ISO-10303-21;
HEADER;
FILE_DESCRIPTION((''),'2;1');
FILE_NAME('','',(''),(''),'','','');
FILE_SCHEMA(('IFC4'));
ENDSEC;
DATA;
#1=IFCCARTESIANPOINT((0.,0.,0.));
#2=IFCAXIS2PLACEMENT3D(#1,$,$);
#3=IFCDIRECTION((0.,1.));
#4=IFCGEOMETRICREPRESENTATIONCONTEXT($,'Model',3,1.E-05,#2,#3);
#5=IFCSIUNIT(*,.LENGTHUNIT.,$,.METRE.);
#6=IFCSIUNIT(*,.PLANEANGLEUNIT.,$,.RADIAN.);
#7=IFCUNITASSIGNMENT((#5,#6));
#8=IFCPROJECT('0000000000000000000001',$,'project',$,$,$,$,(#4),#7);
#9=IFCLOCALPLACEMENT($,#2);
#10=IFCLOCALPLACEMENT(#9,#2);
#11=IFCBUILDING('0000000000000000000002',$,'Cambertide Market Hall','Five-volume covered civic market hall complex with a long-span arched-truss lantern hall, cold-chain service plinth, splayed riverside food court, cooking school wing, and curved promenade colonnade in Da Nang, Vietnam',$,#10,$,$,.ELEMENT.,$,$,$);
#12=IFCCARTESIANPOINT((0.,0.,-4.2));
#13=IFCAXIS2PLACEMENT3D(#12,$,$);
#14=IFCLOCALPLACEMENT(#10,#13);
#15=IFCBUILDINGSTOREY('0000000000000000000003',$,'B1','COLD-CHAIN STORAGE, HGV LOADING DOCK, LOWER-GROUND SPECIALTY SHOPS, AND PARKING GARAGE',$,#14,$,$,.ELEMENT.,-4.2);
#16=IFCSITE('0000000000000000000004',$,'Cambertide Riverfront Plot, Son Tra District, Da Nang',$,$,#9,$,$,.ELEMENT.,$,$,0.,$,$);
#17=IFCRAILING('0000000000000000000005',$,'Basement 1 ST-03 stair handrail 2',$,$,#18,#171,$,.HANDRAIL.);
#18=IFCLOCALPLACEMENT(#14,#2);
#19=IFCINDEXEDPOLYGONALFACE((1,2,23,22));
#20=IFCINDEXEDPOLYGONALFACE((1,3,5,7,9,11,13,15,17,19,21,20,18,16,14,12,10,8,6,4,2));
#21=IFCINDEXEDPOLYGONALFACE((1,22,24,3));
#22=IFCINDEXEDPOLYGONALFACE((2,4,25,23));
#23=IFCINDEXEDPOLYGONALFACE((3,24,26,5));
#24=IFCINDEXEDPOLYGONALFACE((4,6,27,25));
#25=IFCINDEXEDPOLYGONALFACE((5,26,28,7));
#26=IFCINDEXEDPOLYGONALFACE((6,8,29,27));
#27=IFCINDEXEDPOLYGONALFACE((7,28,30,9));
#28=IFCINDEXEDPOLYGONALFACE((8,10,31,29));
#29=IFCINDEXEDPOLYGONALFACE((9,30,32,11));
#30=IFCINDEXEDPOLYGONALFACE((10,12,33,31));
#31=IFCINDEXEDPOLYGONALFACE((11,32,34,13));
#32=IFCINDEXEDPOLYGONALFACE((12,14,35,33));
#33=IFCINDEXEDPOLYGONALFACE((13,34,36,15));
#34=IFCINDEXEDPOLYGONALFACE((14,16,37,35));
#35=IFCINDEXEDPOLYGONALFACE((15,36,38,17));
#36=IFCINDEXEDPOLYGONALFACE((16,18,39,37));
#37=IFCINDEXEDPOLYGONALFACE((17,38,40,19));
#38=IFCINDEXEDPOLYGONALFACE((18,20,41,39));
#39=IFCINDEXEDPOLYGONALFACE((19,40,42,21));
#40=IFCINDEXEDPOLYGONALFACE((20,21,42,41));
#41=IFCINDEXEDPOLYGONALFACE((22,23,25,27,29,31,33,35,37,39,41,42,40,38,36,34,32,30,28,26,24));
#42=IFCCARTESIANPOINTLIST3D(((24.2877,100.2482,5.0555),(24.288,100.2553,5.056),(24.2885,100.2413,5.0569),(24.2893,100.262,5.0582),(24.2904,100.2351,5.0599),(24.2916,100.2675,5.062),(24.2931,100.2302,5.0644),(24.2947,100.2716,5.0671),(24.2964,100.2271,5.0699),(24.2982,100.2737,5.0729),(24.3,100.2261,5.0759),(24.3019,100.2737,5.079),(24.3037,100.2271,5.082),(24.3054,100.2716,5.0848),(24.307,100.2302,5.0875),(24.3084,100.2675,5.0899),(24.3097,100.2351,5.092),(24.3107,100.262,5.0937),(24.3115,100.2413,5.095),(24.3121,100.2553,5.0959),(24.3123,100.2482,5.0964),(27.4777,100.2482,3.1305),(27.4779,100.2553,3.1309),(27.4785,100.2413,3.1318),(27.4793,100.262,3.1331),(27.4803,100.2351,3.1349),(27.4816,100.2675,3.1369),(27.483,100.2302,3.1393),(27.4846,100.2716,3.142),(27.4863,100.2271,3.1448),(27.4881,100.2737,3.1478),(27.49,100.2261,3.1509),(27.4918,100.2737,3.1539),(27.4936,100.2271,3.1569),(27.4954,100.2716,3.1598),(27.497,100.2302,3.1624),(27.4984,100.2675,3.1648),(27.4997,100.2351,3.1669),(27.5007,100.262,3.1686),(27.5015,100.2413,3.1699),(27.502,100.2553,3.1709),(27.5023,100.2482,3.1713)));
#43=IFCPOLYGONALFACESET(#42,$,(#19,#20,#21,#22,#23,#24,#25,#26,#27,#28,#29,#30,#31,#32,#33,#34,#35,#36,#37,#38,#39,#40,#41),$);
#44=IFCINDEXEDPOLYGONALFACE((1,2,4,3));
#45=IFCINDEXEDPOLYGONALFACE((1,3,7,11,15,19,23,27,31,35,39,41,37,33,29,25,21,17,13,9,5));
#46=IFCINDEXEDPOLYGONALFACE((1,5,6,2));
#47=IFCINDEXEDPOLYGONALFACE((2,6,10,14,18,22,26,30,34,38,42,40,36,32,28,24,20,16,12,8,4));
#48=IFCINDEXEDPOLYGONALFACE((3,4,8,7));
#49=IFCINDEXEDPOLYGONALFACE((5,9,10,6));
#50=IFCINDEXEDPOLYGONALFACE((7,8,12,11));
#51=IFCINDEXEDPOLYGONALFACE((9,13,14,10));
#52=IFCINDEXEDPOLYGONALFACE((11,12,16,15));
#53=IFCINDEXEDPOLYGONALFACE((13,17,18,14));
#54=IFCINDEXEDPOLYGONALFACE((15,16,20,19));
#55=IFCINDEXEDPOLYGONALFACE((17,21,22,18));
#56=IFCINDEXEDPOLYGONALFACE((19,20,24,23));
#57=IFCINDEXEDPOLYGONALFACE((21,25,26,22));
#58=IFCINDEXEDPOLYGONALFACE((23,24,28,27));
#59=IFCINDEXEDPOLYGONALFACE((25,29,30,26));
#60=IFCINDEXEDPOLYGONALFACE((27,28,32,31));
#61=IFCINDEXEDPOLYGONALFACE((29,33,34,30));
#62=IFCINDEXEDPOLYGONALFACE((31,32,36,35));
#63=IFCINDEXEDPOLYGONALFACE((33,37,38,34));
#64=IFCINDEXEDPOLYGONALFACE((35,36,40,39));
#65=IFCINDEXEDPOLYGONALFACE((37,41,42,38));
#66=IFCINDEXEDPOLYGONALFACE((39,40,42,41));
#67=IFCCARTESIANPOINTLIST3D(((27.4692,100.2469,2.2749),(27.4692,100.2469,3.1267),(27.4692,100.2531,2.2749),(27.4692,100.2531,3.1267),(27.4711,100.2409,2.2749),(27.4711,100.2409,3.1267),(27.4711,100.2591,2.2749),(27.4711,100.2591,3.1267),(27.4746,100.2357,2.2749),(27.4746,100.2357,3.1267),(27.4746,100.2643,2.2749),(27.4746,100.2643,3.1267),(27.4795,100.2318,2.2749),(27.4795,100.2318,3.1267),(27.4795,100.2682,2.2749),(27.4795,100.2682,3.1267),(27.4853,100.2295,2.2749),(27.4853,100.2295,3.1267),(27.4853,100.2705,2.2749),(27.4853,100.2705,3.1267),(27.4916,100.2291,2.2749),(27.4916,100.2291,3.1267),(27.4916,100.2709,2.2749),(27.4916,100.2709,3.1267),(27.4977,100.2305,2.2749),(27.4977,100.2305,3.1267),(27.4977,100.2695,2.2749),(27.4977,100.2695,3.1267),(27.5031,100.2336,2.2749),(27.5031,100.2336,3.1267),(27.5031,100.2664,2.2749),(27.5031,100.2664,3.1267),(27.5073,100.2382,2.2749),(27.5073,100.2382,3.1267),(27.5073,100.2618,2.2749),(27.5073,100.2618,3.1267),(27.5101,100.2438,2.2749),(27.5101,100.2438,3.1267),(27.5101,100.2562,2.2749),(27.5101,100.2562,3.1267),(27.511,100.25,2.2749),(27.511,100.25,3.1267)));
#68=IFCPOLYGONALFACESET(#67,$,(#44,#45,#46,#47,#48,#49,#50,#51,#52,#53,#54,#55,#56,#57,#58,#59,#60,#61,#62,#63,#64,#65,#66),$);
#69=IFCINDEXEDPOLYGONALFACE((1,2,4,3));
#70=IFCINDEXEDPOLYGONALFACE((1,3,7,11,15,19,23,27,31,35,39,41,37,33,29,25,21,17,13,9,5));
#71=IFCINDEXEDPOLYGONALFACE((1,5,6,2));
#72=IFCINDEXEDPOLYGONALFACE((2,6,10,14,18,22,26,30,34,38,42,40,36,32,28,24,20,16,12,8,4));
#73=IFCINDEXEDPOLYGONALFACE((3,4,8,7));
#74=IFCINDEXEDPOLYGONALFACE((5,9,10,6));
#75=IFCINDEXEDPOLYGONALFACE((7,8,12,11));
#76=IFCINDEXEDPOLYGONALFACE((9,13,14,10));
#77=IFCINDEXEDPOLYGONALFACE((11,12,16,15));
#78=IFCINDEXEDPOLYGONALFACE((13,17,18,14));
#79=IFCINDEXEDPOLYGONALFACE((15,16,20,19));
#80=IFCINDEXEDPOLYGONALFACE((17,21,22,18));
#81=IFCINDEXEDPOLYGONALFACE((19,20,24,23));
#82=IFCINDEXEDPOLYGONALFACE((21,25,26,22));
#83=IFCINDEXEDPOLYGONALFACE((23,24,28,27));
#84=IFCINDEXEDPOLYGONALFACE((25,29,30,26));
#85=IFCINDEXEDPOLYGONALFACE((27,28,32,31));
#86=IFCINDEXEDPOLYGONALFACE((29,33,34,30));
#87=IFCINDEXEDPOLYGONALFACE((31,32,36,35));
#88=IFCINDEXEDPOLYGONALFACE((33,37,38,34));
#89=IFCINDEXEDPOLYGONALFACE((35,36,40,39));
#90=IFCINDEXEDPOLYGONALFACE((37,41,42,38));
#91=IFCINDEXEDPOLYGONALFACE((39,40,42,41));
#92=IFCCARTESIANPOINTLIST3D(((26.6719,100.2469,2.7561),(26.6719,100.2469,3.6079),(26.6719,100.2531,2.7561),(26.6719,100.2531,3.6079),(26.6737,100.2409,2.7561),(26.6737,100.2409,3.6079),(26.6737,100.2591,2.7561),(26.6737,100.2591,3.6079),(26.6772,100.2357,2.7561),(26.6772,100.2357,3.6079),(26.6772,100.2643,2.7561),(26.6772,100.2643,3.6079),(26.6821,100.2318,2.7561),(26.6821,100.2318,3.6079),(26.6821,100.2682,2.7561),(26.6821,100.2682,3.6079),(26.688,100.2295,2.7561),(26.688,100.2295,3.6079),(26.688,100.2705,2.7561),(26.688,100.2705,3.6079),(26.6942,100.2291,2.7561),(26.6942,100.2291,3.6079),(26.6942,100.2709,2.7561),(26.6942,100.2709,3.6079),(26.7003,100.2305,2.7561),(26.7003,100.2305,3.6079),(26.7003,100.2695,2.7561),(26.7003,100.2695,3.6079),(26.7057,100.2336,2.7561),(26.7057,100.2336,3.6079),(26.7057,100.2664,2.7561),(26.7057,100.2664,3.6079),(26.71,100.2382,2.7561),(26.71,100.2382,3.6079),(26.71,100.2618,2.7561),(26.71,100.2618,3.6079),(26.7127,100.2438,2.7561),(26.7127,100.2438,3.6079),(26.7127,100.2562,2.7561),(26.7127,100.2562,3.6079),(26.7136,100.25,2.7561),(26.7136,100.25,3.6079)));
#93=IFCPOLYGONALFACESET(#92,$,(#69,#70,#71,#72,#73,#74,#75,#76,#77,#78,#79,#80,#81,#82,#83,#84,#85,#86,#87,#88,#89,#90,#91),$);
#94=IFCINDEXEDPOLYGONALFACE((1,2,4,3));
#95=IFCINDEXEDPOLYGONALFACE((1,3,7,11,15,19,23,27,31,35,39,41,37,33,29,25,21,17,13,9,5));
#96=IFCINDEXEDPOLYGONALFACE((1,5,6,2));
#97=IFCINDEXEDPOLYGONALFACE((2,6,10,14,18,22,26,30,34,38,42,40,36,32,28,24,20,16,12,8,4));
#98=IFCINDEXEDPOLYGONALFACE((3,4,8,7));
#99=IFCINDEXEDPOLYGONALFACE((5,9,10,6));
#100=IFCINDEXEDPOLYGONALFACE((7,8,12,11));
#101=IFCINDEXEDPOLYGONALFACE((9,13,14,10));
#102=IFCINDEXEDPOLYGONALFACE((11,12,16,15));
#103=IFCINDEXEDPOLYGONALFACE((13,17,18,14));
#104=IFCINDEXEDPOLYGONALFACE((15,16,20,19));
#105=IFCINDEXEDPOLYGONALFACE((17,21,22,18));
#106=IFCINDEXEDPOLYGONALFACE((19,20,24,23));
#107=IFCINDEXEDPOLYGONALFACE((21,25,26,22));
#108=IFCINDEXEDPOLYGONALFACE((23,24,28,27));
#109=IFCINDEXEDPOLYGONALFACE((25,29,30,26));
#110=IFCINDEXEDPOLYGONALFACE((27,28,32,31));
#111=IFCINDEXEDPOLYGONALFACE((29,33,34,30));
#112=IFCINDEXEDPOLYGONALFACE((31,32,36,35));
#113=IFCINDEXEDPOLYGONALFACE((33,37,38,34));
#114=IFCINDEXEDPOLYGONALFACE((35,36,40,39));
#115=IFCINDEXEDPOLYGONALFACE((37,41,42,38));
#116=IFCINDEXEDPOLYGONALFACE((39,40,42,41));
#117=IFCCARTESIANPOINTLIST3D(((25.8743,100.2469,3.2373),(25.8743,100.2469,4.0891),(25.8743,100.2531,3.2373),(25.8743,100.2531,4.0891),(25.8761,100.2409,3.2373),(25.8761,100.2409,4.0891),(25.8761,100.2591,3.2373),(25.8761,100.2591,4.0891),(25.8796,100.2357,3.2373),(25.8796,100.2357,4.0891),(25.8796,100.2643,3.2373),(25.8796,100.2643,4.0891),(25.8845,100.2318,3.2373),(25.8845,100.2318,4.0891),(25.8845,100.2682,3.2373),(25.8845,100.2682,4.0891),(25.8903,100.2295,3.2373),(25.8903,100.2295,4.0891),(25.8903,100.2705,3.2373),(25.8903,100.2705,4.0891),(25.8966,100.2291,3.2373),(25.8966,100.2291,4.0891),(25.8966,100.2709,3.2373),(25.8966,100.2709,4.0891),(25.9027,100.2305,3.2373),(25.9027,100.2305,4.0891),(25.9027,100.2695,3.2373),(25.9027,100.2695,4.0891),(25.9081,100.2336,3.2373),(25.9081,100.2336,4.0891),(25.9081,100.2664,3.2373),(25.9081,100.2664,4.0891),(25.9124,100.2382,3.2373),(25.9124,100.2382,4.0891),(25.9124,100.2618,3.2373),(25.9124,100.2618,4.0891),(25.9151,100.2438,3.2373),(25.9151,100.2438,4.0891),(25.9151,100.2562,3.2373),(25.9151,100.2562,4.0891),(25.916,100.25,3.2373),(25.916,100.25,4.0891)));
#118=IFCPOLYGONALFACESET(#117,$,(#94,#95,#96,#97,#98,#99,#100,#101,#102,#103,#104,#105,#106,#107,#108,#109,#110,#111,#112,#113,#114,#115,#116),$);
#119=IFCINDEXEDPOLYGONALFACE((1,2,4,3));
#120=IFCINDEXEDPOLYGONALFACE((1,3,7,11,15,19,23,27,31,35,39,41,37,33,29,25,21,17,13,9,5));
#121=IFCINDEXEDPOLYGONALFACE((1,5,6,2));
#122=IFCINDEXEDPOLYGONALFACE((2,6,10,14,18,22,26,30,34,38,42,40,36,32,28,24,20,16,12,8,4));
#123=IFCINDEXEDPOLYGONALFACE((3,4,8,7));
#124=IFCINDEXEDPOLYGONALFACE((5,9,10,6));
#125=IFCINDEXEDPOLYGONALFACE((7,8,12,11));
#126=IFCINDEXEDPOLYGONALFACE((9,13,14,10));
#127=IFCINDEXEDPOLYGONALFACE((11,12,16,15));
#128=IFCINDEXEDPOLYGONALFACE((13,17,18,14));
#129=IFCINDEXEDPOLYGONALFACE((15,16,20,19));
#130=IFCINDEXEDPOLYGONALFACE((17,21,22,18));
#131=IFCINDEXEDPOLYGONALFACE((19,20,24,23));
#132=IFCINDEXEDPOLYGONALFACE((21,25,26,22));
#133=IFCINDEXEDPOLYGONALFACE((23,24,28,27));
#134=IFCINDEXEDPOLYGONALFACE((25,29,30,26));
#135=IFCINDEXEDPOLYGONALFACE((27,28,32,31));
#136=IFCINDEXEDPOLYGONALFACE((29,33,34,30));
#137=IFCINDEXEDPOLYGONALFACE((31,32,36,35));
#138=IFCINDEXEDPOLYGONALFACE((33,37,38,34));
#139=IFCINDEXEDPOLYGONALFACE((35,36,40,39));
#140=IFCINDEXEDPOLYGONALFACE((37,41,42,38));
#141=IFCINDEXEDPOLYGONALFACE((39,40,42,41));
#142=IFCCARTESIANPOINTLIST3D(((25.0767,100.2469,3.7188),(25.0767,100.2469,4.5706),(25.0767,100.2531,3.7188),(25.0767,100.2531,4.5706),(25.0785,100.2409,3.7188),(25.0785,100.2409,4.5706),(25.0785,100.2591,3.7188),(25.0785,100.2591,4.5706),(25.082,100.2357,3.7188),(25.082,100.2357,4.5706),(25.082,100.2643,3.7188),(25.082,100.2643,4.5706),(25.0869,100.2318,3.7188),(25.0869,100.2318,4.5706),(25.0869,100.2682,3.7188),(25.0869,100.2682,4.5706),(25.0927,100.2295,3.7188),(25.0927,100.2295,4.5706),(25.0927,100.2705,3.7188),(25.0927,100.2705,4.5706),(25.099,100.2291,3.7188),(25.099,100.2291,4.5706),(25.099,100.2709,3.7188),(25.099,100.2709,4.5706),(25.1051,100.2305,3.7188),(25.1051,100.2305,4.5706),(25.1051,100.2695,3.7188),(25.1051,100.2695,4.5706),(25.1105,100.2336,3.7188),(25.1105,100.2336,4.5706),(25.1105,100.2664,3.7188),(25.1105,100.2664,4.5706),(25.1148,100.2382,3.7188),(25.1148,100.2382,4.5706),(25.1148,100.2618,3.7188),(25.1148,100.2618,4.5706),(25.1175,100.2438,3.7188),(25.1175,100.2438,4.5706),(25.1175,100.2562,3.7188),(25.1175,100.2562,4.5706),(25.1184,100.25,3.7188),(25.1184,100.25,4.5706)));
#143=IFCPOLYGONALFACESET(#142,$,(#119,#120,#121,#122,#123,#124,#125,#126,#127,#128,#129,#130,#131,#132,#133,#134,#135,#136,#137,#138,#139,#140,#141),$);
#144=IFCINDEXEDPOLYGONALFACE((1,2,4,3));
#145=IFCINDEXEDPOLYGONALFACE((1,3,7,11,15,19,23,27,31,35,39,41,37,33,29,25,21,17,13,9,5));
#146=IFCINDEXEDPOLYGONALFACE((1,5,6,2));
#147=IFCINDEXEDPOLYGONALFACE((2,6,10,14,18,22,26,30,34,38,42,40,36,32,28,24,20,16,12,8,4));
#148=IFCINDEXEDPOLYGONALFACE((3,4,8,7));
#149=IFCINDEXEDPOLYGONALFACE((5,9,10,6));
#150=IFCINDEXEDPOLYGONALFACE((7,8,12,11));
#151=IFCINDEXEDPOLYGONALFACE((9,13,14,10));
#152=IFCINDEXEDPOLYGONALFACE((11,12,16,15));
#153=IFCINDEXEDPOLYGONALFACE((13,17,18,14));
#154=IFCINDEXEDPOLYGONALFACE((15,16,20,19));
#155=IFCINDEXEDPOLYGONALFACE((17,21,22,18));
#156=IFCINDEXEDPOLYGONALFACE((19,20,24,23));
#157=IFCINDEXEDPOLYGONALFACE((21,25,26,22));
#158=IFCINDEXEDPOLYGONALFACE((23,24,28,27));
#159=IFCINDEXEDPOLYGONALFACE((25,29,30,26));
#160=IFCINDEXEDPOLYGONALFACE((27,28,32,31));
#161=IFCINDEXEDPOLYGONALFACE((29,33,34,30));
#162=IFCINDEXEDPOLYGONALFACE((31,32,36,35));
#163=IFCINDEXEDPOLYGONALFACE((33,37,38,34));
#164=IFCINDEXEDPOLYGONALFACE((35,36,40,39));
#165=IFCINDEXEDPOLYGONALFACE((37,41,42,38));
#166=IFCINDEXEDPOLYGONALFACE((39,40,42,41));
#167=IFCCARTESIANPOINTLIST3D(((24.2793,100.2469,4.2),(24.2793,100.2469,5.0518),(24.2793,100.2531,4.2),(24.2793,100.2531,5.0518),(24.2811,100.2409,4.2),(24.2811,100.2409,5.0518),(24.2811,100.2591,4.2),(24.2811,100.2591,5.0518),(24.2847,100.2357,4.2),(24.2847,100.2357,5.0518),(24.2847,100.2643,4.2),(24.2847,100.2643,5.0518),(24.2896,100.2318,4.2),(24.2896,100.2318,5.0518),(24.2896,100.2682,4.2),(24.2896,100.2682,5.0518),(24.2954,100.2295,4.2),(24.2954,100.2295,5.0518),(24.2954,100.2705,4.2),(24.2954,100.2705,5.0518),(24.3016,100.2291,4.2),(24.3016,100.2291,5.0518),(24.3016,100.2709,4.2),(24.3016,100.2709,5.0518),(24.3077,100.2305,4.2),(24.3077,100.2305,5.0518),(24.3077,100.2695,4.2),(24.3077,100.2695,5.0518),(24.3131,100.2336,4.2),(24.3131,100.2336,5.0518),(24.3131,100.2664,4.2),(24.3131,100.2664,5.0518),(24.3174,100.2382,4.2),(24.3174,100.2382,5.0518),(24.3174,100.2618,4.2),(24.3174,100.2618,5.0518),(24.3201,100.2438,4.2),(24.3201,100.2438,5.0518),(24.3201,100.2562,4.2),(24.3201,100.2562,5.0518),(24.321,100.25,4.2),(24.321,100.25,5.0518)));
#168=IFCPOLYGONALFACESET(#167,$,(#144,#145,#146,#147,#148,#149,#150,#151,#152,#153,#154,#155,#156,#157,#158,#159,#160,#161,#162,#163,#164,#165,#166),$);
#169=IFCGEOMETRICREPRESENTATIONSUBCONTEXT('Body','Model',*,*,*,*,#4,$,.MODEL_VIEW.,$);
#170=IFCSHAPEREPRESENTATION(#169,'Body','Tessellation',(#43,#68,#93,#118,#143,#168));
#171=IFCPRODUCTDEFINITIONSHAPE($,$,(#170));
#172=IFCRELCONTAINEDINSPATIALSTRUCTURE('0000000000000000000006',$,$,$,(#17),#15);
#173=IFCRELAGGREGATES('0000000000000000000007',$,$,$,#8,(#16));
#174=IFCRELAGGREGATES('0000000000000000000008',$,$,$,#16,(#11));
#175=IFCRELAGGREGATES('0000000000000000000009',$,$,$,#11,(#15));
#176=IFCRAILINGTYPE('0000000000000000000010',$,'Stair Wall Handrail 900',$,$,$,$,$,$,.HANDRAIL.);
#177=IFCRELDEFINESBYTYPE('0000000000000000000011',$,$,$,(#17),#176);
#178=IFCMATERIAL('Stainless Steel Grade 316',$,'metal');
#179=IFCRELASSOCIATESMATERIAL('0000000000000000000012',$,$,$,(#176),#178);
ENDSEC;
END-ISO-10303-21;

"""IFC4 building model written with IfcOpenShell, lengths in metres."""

from ifc_helpers import new_model, si_unit, direction, frame, origin, origin_2d, place, context, subcontext, project, spatial, circle, extrude, material, type_object, element, save


model = new_model("IFC4")

# Units and contexts
model_context = context("Model", 3, precision=1e-05, world=origin(), true_north=direction((0.0, 1.0)))
body_context = subcontext(model_context, "Body", "Model", "MODEL_VIEW")
ifc_project = project(units=[si_unit("LENGTHUNIT", "METRE"), si_unit("PLANEANGLEUNIT", "RADIAN")], contexts=[model_context])

# Site, building, storey
site_placement = place(None, origin())
site = spatial("IfcSite", under=ifc_project, at=site_placement, Name="Cambertide Riverfront Plot, Son Tra District, Da Nang", CompositionType="ELEMENT", RefElevation=0.0)
building_placement = place(site_placement, origin())
building = spatial("IfcBuilding", under=site, at=building_placement, Name="Cambertide Market Hall", Description="Five-volume covered civic market hall complex with a long-span arched-truss lantern hall, cold-chain service plinth, splayed riverside food court, cooking school wing, and curved promenade colonnade in Da Nang, Vietnam", CompositionType="ELEMENT")
storey_placement = place(building_placement, frame((0.0, 0.0, -4.2)))
storey = spatial("IfcBuildingStorey", under=building, at=storey_placement, Name="B1", Description="COLD-CHAIN STORAGE, HGV LOADING DOCK, LOWER-GROUND SPECIALTY SHOPS, AND PARKING GARAGE", CompositionType="ELEMENT", Elevation=-4.2)

# Railing
ifc_material_1 = material(Name="Stainless Steel Grade 316", Category="metal")
railing_type_1 = type_object("IfcRailingType", Name="Stair Wall Handrail 900", PredefinedType="HANDRAIL", material=ifc_material_1)
railing_1_placement = place(storey_placement, frame((27.49, 100.25, 2.2749)))
element("IfcRailing", 1, at=railing_1_placement, inside=storey, type_object=railing_type_1, Name="Basement 1 ST-03 stair handrail 2", PredefinedType="HANDRAIL", context=body_context, shape_type="SweptSolid", body=[
    extrude(circle(Radius=0.0239, at=origin_2d()), frame((0.0, 0.0, 0.876), z_axis=(-0.856178, 0.0, 0.516682), x_axis=(0.0, -1.0, 0.0)), (0.0, 0.0, 1.0), 3.7258),
    extrude(circle(Radius=0.021, at=origin_2d()), origin(), (0.0, 0.0, 1.0), 0.8518),
    extrude(circle(Radius=0.021, at=origin_2d()), frame((-0.7974, 0.0, 0.4812)), (0.0, 0.0, 1.0), 0.8518),
    extrude(circle(Radius=0.021, at=origin_2d()), frame((-1.595, 0.0, 0.9624)), (0.0, 0.0, 1.0), 0.8518),
    extrude(circle(Radius=0.021, at=origin_2d()), frame((-2.3926, 0.0, 1.4438)), (0.0, 0.0, 1.0), 0.8518),
    extrude(circle(Radius=0.021, at=origin_2d()), frame((-3.1899, 0.0, 1.925)), (0.0, 0.0, 1.0), 0.8518),
])

save(model, "model.ifc")
